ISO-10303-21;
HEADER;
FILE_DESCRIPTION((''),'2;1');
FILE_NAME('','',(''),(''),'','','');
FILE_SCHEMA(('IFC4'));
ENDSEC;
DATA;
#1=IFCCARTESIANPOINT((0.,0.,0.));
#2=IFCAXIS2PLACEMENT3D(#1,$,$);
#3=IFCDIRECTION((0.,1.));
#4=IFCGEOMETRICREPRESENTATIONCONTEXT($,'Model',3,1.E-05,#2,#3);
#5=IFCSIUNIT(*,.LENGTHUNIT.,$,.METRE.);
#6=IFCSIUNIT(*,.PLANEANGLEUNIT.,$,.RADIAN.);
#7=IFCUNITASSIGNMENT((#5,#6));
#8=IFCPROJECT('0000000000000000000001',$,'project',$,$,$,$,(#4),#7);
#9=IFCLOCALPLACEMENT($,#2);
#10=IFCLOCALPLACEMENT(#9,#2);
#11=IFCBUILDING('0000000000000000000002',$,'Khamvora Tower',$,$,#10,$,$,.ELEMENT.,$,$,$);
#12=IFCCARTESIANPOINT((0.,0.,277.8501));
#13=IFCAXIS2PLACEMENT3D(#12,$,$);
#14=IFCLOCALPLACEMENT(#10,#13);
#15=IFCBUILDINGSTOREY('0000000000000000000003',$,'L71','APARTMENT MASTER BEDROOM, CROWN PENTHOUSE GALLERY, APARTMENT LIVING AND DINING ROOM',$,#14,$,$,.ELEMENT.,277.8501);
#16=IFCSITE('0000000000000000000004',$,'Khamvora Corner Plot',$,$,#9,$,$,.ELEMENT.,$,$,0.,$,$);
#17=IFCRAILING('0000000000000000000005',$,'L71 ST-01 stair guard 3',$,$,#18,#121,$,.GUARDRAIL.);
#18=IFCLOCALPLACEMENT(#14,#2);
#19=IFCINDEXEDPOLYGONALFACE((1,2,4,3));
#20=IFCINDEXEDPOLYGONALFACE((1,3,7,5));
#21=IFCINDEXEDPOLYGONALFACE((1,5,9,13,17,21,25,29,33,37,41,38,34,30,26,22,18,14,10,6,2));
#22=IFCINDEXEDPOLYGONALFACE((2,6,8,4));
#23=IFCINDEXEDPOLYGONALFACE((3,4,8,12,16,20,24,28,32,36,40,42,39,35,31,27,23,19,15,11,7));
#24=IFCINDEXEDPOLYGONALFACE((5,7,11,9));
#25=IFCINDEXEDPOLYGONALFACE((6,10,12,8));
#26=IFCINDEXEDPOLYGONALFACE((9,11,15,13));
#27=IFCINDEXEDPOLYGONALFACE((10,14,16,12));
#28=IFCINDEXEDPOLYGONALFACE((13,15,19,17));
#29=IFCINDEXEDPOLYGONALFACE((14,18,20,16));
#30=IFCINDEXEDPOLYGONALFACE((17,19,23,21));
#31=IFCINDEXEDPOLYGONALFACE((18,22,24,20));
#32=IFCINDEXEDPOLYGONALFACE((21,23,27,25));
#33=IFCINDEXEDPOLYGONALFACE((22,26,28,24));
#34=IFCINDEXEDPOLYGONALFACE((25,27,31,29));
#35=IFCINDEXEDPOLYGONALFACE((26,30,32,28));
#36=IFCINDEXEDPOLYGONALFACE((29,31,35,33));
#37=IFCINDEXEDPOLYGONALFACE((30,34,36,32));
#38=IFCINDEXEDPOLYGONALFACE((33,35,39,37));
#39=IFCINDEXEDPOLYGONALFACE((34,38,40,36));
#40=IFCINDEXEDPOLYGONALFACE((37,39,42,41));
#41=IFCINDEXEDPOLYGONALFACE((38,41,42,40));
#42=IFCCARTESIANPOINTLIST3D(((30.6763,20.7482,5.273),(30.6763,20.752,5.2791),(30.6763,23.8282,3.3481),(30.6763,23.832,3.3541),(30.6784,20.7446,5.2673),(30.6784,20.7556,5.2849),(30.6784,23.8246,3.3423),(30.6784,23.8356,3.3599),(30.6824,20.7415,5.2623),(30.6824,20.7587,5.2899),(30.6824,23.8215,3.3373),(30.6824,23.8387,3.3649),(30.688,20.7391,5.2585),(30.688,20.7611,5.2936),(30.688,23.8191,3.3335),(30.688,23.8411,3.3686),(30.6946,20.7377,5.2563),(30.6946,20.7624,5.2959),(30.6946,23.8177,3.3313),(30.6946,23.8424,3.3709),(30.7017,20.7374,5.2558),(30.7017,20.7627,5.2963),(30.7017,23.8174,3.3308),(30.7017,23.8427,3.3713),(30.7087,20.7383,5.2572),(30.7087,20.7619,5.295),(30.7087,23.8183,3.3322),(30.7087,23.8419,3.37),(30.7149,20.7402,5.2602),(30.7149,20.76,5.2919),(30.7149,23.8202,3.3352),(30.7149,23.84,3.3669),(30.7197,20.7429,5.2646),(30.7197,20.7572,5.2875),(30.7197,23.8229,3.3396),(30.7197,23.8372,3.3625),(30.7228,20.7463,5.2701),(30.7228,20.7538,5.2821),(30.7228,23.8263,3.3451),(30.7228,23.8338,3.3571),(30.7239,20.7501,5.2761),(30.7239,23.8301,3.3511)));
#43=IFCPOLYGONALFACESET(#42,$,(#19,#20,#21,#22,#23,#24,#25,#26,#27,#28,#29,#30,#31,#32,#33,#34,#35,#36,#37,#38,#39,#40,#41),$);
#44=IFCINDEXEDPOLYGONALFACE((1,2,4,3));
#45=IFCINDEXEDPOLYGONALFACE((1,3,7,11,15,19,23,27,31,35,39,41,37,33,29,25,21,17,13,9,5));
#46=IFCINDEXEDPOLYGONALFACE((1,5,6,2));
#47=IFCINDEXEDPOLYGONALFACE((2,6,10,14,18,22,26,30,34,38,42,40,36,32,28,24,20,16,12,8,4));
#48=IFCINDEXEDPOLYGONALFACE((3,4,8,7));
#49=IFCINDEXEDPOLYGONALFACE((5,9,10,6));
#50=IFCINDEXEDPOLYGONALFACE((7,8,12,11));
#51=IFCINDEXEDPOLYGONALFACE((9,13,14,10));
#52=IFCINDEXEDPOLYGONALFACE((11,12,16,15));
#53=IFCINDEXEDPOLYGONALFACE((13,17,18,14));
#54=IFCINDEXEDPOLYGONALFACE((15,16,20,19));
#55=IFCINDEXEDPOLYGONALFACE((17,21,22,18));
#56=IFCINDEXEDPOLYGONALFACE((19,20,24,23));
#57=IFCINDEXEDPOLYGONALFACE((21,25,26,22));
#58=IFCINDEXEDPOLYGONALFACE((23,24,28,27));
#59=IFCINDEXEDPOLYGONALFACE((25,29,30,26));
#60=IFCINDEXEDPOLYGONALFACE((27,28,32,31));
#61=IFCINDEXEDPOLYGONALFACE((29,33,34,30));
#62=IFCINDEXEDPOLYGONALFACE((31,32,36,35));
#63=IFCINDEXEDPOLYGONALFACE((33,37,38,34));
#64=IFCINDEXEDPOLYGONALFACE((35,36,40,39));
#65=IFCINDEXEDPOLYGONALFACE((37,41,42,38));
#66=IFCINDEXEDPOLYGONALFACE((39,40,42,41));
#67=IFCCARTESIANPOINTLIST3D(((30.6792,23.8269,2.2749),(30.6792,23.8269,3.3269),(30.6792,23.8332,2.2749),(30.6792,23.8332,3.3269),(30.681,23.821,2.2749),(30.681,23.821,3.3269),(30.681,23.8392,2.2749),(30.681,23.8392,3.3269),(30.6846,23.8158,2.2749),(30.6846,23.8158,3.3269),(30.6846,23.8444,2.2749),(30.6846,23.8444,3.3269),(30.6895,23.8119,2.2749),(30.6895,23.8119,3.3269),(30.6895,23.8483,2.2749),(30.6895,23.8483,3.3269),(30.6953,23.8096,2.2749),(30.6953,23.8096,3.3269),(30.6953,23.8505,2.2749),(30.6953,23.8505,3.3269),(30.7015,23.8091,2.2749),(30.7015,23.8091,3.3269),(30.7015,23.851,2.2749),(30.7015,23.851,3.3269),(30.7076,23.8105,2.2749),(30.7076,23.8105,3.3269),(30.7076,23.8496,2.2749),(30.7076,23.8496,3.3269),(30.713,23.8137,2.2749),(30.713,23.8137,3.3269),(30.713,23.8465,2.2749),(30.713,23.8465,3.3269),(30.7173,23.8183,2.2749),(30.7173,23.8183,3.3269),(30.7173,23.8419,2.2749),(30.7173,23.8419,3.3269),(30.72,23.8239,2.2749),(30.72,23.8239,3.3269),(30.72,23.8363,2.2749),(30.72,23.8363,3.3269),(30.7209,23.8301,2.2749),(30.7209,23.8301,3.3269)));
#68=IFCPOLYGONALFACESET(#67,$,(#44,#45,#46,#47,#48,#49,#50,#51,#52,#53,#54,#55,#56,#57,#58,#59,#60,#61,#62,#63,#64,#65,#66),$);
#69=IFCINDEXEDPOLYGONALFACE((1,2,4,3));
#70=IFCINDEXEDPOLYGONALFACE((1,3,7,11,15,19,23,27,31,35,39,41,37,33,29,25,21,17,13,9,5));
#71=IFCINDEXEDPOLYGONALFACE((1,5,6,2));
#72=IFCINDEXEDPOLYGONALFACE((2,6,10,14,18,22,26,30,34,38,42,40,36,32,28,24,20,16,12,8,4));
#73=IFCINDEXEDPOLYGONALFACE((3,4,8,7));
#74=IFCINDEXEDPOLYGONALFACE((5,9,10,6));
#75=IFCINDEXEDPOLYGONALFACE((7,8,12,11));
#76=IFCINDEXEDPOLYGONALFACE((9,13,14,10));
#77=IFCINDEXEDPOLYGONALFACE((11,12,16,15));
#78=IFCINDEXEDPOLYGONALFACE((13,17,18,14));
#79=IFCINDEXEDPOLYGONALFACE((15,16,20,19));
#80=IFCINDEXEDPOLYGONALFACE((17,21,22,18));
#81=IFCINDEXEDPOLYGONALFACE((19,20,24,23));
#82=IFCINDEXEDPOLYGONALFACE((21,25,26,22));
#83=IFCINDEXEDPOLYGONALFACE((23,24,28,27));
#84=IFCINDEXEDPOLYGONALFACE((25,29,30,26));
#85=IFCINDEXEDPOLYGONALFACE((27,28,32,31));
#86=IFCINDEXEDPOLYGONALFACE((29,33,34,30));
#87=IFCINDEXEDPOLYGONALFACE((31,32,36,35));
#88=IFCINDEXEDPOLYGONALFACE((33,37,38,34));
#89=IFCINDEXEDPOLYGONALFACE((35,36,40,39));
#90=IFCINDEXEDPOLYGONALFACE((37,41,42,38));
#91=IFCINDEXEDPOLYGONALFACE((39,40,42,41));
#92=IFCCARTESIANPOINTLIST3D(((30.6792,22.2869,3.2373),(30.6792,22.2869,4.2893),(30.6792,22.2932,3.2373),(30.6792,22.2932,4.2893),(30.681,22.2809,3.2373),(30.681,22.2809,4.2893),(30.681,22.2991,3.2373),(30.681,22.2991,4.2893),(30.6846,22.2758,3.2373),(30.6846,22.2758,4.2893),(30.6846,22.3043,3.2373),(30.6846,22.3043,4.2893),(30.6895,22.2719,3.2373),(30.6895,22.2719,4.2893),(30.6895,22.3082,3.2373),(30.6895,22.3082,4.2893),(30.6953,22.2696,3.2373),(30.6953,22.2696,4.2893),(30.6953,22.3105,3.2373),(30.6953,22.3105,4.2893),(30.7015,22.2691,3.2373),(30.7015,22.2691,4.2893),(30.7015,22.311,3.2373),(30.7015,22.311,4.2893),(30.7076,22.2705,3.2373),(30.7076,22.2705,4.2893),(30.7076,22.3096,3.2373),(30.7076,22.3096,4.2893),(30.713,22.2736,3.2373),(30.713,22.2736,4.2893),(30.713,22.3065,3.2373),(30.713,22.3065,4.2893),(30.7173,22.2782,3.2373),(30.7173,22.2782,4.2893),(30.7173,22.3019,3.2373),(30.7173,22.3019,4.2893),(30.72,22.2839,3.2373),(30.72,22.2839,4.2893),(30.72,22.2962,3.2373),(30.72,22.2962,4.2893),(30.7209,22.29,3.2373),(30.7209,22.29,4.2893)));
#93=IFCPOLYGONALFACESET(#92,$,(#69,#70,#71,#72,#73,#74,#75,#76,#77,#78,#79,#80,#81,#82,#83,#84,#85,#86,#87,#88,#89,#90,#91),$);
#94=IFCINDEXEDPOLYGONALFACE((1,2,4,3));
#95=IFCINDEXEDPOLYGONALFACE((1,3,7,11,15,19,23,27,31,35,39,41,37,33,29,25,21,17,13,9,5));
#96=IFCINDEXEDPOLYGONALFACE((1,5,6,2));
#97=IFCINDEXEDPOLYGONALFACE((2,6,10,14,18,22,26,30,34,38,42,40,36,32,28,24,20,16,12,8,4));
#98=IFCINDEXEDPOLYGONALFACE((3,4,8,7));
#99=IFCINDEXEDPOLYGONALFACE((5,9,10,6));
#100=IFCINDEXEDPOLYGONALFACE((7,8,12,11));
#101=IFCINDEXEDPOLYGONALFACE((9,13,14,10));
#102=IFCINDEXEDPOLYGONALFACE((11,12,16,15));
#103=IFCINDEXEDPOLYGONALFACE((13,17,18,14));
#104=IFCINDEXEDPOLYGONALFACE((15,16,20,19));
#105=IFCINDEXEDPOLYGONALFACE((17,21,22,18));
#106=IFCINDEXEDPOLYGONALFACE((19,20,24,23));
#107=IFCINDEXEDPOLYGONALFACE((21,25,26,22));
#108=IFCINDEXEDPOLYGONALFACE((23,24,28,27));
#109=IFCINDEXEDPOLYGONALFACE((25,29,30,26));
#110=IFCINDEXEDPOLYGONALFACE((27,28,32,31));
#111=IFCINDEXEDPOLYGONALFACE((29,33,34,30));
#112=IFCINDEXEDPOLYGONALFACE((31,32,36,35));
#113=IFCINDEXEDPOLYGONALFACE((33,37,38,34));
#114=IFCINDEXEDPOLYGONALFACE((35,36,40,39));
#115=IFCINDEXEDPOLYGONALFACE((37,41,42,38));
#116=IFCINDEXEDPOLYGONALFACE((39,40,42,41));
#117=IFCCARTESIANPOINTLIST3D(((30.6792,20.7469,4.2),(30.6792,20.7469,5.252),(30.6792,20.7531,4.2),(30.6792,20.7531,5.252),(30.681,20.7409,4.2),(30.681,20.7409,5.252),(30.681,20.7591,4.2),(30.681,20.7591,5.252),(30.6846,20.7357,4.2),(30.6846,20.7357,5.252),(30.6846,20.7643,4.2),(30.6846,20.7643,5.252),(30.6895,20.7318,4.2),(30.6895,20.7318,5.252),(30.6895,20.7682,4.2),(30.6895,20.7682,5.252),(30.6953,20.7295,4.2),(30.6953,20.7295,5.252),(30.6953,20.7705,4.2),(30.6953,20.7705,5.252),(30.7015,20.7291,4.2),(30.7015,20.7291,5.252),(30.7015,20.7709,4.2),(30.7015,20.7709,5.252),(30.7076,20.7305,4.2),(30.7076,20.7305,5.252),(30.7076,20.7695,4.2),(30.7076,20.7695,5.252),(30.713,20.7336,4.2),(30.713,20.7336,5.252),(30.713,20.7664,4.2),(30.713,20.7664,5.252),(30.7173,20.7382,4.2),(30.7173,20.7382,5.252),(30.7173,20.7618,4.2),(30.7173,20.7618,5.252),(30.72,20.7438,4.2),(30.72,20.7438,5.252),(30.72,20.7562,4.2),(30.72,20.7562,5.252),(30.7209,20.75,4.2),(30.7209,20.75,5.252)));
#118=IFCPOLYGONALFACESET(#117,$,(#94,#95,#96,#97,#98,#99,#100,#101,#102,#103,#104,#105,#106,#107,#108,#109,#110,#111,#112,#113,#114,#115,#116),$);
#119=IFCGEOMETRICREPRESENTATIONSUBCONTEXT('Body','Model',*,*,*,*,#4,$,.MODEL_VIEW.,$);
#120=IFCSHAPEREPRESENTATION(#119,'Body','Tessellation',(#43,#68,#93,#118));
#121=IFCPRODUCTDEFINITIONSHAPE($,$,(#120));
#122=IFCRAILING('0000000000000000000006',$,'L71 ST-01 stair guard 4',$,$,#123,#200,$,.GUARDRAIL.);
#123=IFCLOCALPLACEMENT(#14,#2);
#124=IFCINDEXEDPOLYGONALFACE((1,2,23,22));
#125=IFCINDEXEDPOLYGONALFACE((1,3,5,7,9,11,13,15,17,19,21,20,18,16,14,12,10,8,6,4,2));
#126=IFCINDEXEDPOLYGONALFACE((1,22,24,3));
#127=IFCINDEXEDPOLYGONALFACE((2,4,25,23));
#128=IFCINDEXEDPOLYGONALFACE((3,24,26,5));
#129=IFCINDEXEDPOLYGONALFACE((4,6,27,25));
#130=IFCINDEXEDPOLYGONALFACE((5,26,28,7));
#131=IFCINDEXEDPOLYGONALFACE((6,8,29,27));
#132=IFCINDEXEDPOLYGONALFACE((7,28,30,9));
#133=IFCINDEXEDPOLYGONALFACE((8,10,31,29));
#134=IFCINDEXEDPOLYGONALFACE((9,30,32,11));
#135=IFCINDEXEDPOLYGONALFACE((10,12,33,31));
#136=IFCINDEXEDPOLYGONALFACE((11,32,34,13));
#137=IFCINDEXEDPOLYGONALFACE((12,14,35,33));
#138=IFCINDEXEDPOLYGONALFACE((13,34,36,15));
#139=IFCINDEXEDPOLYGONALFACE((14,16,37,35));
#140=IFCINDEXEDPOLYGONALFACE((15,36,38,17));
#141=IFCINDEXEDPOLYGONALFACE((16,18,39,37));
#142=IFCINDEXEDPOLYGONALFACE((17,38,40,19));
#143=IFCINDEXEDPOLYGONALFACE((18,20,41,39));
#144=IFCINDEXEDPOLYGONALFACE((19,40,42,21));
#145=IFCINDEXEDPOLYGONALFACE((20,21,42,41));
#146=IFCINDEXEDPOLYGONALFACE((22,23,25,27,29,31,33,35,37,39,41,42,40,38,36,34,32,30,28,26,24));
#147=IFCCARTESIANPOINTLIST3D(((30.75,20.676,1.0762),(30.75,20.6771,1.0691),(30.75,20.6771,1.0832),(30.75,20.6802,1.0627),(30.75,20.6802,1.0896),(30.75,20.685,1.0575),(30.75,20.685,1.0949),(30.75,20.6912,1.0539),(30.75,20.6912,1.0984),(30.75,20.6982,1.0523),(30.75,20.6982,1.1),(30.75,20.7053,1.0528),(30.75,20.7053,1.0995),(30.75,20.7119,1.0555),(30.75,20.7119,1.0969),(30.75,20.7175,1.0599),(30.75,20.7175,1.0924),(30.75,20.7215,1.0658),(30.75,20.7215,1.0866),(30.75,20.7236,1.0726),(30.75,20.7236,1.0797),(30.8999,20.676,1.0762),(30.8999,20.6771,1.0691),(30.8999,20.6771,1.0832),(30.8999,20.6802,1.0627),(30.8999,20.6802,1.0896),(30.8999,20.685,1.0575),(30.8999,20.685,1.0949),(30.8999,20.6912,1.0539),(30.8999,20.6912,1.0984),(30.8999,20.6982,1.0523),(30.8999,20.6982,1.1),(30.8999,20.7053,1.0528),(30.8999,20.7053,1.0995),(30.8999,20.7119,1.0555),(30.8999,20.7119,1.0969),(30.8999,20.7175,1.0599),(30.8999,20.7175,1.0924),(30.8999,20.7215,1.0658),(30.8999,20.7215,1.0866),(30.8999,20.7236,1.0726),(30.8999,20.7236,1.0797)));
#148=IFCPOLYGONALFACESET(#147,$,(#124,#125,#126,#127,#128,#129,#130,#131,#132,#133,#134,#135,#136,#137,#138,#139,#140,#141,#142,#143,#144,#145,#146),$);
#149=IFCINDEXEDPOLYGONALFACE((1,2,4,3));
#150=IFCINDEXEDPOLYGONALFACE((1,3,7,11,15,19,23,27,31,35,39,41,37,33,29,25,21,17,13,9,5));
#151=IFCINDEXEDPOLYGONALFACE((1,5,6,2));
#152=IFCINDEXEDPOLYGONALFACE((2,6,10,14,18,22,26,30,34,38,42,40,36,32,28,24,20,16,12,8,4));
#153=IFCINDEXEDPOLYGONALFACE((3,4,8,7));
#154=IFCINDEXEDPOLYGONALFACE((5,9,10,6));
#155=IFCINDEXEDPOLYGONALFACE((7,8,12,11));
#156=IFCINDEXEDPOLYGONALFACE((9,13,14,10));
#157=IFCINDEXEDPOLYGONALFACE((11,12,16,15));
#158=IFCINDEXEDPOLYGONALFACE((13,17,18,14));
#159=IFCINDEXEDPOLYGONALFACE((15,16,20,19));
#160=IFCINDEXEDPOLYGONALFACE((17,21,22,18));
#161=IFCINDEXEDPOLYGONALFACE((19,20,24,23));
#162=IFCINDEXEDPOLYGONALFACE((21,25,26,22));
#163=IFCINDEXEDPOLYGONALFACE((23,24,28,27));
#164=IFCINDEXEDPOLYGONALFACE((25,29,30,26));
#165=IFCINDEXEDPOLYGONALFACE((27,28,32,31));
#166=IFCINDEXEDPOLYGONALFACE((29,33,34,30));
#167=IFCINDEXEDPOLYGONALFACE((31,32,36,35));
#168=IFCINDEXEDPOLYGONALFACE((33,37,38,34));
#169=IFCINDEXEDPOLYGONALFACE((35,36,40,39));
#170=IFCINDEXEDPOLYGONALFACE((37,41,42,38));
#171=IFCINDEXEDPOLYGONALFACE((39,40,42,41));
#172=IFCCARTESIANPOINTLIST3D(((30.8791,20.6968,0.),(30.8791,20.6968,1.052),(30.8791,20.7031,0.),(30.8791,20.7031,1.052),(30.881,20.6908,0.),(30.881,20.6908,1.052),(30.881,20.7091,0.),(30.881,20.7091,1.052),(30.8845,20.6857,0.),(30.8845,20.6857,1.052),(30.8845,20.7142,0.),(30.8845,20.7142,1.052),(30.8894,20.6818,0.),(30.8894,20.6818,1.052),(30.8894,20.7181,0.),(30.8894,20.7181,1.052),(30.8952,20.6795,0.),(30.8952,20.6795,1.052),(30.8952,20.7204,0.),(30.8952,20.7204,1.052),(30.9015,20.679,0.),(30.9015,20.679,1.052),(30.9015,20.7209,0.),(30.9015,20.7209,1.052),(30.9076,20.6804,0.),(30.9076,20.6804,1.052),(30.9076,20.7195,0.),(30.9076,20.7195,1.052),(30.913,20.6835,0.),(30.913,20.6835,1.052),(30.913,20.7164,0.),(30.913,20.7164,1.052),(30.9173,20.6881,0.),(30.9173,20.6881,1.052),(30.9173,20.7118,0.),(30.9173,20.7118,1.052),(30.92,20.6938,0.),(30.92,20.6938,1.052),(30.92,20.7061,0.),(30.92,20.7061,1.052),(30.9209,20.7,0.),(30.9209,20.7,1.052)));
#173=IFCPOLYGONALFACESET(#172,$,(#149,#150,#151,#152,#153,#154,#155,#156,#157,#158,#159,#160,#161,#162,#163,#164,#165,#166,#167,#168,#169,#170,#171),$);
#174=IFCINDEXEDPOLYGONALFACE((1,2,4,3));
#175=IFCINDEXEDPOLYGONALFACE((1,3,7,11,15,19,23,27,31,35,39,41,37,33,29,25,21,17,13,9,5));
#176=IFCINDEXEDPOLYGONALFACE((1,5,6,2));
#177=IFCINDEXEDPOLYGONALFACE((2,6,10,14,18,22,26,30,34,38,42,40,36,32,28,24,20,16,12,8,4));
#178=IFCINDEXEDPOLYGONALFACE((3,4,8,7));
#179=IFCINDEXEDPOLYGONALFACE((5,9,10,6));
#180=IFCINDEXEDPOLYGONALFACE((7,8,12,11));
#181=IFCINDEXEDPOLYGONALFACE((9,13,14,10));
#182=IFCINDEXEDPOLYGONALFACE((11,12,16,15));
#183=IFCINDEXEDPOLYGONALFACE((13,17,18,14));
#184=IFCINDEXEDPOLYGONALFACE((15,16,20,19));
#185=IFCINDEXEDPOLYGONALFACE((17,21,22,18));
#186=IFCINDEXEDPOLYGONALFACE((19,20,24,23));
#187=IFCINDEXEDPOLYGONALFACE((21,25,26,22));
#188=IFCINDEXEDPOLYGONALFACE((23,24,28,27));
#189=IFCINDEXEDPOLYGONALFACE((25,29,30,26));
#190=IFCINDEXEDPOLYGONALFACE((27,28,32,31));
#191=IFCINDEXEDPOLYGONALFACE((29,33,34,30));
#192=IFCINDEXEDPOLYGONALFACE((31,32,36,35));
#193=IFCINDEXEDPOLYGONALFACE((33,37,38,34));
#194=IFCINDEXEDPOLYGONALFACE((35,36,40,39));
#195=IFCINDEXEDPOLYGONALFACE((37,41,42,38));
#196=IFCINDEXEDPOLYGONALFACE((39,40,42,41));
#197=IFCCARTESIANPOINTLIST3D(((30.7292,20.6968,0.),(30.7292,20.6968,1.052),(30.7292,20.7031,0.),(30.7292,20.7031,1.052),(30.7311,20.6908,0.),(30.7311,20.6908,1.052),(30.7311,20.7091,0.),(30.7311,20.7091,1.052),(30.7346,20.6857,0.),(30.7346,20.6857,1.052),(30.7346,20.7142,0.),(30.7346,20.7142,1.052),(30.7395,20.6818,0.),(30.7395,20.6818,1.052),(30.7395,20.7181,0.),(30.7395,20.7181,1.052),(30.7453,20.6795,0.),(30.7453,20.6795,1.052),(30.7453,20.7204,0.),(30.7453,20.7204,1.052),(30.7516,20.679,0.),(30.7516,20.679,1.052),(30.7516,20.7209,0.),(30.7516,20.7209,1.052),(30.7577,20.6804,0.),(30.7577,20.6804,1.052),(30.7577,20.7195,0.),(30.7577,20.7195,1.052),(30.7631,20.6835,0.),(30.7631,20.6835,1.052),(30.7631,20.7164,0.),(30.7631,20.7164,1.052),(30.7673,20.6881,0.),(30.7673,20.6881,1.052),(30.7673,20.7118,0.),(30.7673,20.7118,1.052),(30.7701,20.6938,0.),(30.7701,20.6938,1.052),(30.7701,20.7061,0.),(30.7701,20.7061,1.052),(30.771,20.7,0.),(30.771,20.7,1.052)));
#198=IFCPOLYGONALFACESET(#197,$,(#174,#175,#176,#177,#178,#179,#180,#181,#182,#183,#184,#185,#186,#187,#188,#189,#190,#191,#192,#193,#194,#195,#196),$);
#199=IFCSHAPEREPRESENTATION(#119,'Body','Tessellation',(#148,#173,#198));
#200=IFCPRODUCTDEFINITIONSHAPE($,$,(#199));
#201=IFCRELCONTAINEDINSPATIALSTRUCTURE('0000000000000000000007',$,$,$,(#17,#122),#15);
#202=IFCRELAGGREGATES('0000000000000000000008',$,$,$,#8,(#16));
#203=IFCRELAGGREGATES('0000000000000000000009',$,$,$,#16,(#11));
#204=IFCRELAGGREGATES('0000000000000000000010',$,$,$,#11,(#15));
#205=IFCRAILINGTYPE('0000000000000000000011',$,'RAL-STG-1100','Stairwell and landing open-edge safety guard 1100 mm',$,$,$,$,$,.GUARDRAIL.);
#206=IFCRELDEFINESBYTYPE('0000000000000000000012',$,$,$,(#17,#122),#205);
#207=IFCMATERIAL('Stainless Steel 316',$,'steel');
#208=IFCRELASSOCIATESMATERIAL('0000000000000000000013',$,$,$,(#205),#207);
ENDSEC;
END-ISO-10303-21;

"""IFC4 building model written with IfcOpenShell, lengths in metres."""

from ifc_helpers import new_model, si_unit, direction, frame, origin, origin_2d, place, context, subcontext, project, spatial, circle, extrude, material, type_object, element, save


model = new_model("IFC4")

# Units and contexts
model_context = context("Model", 3, precision=1e-05, world=origin(), true_north=direction((0.0, 1.0)))
body_context = subcontext(model_context, "Body", "Model", "MODEL_VIEW")
ifc_project = project(units=[si_unit("LENGTHUNIT", "METRE"), si_unit("PLANEANGLEUNIT", "RADIAN")], contexts=[model_context])

# Site, building, storey
site_placement = place(None, origin())
site = spatial("IfcSite", under=ifc_project, at=site_placement, Name="Khamvora Corner Plot", CompositionType="ELEMENT", RefElevation=0.0)
building_placement = place(site_placement, origin())
building = spatial("IfcBuilding", under=site, at=building_placement, Name="Khamvora Tower", CompositionType="ELEMENT")
storey_placement = place(building_placement, frame((0.0, 0.0, 277.8501)))
storey = spatial("IfcBuildingStorey", under=building, at=storey_placement, Name="L71", Description="APARTMENT MASTER BEDROOM, CROWN PENTHOUSE GALLERY, APARTMENT LIVING AND DINING ROOM", CompositionType="ELEMENT", Elevation=277.8501)

# Railings
ifc_material_1 = material(Name="Stainless Steel 316", Category="steel")
railing_type_1 = type_object("IfcRailingType", Name="RAL-STG-1100", Description="Stairwell and landing open-edge safety guard 1100 mm", PredefinedType="GUARDRAIL", material=ifc_material_1)
railing_1_placement = place(storey_placement, frame((30.7, 23.8301, 2.2749)))
element("IfcRailing", 1, at=railing_1_placement, inside=storey, type_object=railing_type_1, Name="L71 ST-01 stair guard 3", PredefinedType="GUARDRAIL", context=body_context, shape_type="SweptSolid", body=[
    extrude(circle(Radius=0.0239, at=origin_2d()), frame((0.0, 0.0, 1.0762), z_axis=(0.0, -0.847998, 0.529999), x_axis=(1.0, 0.0, 0.0)), (0.0, 0.0, 1.0), 3.6321),
    extrude(circle(Radius=0.021, at=origin_2d()), origin(), (0.0, 0.0, 1.0), 1.052),
    extrude(circle(Radius=0.021, at=origin_2d()), frame((0.0, -1.54, 0.9624)), (0.0, 0.0, 1.0), 1.052),
    extrude(circle(Radius=0.021, at=origin_2d()), frame((0.0, -3.0801, 1.925)), (0.0, 0.0, 1.0), 1.052),
])
railing_2_placement = place(storey_placement, frame((30.8999, 20.7, 0.0)))
element("IfcRailing", 2, at=railing_2_placement, inside=storey, type_object=railing_type_1, Name="L71 ST-01 stair guard 4", PredefinedType="GUARDRAIL", context=body_context, shape_type="SweptSolid", body=[
    extrude(circle(Radius=0.0239, at=origin_2d()), frame((0.0, 0.0, 1.0762), z_axis=(-1.0, 0.0, 0.0), x_axis=(0.0, -1.0, 0.0)), (0.0, 0.0, 1.0), 0.1499),
    extrude(circle(Radius=0.021, at=origin_2d()), origin(), (0.0, 0.0, 1.0), 1.052),
    extrude(circle(Radius=0.021, at=origin_2d()), frame((-0.1499, 0.0, 0.0)), (0.0, 0.0, 1.0), 1.052),
])

save(model, "model.ifc")
